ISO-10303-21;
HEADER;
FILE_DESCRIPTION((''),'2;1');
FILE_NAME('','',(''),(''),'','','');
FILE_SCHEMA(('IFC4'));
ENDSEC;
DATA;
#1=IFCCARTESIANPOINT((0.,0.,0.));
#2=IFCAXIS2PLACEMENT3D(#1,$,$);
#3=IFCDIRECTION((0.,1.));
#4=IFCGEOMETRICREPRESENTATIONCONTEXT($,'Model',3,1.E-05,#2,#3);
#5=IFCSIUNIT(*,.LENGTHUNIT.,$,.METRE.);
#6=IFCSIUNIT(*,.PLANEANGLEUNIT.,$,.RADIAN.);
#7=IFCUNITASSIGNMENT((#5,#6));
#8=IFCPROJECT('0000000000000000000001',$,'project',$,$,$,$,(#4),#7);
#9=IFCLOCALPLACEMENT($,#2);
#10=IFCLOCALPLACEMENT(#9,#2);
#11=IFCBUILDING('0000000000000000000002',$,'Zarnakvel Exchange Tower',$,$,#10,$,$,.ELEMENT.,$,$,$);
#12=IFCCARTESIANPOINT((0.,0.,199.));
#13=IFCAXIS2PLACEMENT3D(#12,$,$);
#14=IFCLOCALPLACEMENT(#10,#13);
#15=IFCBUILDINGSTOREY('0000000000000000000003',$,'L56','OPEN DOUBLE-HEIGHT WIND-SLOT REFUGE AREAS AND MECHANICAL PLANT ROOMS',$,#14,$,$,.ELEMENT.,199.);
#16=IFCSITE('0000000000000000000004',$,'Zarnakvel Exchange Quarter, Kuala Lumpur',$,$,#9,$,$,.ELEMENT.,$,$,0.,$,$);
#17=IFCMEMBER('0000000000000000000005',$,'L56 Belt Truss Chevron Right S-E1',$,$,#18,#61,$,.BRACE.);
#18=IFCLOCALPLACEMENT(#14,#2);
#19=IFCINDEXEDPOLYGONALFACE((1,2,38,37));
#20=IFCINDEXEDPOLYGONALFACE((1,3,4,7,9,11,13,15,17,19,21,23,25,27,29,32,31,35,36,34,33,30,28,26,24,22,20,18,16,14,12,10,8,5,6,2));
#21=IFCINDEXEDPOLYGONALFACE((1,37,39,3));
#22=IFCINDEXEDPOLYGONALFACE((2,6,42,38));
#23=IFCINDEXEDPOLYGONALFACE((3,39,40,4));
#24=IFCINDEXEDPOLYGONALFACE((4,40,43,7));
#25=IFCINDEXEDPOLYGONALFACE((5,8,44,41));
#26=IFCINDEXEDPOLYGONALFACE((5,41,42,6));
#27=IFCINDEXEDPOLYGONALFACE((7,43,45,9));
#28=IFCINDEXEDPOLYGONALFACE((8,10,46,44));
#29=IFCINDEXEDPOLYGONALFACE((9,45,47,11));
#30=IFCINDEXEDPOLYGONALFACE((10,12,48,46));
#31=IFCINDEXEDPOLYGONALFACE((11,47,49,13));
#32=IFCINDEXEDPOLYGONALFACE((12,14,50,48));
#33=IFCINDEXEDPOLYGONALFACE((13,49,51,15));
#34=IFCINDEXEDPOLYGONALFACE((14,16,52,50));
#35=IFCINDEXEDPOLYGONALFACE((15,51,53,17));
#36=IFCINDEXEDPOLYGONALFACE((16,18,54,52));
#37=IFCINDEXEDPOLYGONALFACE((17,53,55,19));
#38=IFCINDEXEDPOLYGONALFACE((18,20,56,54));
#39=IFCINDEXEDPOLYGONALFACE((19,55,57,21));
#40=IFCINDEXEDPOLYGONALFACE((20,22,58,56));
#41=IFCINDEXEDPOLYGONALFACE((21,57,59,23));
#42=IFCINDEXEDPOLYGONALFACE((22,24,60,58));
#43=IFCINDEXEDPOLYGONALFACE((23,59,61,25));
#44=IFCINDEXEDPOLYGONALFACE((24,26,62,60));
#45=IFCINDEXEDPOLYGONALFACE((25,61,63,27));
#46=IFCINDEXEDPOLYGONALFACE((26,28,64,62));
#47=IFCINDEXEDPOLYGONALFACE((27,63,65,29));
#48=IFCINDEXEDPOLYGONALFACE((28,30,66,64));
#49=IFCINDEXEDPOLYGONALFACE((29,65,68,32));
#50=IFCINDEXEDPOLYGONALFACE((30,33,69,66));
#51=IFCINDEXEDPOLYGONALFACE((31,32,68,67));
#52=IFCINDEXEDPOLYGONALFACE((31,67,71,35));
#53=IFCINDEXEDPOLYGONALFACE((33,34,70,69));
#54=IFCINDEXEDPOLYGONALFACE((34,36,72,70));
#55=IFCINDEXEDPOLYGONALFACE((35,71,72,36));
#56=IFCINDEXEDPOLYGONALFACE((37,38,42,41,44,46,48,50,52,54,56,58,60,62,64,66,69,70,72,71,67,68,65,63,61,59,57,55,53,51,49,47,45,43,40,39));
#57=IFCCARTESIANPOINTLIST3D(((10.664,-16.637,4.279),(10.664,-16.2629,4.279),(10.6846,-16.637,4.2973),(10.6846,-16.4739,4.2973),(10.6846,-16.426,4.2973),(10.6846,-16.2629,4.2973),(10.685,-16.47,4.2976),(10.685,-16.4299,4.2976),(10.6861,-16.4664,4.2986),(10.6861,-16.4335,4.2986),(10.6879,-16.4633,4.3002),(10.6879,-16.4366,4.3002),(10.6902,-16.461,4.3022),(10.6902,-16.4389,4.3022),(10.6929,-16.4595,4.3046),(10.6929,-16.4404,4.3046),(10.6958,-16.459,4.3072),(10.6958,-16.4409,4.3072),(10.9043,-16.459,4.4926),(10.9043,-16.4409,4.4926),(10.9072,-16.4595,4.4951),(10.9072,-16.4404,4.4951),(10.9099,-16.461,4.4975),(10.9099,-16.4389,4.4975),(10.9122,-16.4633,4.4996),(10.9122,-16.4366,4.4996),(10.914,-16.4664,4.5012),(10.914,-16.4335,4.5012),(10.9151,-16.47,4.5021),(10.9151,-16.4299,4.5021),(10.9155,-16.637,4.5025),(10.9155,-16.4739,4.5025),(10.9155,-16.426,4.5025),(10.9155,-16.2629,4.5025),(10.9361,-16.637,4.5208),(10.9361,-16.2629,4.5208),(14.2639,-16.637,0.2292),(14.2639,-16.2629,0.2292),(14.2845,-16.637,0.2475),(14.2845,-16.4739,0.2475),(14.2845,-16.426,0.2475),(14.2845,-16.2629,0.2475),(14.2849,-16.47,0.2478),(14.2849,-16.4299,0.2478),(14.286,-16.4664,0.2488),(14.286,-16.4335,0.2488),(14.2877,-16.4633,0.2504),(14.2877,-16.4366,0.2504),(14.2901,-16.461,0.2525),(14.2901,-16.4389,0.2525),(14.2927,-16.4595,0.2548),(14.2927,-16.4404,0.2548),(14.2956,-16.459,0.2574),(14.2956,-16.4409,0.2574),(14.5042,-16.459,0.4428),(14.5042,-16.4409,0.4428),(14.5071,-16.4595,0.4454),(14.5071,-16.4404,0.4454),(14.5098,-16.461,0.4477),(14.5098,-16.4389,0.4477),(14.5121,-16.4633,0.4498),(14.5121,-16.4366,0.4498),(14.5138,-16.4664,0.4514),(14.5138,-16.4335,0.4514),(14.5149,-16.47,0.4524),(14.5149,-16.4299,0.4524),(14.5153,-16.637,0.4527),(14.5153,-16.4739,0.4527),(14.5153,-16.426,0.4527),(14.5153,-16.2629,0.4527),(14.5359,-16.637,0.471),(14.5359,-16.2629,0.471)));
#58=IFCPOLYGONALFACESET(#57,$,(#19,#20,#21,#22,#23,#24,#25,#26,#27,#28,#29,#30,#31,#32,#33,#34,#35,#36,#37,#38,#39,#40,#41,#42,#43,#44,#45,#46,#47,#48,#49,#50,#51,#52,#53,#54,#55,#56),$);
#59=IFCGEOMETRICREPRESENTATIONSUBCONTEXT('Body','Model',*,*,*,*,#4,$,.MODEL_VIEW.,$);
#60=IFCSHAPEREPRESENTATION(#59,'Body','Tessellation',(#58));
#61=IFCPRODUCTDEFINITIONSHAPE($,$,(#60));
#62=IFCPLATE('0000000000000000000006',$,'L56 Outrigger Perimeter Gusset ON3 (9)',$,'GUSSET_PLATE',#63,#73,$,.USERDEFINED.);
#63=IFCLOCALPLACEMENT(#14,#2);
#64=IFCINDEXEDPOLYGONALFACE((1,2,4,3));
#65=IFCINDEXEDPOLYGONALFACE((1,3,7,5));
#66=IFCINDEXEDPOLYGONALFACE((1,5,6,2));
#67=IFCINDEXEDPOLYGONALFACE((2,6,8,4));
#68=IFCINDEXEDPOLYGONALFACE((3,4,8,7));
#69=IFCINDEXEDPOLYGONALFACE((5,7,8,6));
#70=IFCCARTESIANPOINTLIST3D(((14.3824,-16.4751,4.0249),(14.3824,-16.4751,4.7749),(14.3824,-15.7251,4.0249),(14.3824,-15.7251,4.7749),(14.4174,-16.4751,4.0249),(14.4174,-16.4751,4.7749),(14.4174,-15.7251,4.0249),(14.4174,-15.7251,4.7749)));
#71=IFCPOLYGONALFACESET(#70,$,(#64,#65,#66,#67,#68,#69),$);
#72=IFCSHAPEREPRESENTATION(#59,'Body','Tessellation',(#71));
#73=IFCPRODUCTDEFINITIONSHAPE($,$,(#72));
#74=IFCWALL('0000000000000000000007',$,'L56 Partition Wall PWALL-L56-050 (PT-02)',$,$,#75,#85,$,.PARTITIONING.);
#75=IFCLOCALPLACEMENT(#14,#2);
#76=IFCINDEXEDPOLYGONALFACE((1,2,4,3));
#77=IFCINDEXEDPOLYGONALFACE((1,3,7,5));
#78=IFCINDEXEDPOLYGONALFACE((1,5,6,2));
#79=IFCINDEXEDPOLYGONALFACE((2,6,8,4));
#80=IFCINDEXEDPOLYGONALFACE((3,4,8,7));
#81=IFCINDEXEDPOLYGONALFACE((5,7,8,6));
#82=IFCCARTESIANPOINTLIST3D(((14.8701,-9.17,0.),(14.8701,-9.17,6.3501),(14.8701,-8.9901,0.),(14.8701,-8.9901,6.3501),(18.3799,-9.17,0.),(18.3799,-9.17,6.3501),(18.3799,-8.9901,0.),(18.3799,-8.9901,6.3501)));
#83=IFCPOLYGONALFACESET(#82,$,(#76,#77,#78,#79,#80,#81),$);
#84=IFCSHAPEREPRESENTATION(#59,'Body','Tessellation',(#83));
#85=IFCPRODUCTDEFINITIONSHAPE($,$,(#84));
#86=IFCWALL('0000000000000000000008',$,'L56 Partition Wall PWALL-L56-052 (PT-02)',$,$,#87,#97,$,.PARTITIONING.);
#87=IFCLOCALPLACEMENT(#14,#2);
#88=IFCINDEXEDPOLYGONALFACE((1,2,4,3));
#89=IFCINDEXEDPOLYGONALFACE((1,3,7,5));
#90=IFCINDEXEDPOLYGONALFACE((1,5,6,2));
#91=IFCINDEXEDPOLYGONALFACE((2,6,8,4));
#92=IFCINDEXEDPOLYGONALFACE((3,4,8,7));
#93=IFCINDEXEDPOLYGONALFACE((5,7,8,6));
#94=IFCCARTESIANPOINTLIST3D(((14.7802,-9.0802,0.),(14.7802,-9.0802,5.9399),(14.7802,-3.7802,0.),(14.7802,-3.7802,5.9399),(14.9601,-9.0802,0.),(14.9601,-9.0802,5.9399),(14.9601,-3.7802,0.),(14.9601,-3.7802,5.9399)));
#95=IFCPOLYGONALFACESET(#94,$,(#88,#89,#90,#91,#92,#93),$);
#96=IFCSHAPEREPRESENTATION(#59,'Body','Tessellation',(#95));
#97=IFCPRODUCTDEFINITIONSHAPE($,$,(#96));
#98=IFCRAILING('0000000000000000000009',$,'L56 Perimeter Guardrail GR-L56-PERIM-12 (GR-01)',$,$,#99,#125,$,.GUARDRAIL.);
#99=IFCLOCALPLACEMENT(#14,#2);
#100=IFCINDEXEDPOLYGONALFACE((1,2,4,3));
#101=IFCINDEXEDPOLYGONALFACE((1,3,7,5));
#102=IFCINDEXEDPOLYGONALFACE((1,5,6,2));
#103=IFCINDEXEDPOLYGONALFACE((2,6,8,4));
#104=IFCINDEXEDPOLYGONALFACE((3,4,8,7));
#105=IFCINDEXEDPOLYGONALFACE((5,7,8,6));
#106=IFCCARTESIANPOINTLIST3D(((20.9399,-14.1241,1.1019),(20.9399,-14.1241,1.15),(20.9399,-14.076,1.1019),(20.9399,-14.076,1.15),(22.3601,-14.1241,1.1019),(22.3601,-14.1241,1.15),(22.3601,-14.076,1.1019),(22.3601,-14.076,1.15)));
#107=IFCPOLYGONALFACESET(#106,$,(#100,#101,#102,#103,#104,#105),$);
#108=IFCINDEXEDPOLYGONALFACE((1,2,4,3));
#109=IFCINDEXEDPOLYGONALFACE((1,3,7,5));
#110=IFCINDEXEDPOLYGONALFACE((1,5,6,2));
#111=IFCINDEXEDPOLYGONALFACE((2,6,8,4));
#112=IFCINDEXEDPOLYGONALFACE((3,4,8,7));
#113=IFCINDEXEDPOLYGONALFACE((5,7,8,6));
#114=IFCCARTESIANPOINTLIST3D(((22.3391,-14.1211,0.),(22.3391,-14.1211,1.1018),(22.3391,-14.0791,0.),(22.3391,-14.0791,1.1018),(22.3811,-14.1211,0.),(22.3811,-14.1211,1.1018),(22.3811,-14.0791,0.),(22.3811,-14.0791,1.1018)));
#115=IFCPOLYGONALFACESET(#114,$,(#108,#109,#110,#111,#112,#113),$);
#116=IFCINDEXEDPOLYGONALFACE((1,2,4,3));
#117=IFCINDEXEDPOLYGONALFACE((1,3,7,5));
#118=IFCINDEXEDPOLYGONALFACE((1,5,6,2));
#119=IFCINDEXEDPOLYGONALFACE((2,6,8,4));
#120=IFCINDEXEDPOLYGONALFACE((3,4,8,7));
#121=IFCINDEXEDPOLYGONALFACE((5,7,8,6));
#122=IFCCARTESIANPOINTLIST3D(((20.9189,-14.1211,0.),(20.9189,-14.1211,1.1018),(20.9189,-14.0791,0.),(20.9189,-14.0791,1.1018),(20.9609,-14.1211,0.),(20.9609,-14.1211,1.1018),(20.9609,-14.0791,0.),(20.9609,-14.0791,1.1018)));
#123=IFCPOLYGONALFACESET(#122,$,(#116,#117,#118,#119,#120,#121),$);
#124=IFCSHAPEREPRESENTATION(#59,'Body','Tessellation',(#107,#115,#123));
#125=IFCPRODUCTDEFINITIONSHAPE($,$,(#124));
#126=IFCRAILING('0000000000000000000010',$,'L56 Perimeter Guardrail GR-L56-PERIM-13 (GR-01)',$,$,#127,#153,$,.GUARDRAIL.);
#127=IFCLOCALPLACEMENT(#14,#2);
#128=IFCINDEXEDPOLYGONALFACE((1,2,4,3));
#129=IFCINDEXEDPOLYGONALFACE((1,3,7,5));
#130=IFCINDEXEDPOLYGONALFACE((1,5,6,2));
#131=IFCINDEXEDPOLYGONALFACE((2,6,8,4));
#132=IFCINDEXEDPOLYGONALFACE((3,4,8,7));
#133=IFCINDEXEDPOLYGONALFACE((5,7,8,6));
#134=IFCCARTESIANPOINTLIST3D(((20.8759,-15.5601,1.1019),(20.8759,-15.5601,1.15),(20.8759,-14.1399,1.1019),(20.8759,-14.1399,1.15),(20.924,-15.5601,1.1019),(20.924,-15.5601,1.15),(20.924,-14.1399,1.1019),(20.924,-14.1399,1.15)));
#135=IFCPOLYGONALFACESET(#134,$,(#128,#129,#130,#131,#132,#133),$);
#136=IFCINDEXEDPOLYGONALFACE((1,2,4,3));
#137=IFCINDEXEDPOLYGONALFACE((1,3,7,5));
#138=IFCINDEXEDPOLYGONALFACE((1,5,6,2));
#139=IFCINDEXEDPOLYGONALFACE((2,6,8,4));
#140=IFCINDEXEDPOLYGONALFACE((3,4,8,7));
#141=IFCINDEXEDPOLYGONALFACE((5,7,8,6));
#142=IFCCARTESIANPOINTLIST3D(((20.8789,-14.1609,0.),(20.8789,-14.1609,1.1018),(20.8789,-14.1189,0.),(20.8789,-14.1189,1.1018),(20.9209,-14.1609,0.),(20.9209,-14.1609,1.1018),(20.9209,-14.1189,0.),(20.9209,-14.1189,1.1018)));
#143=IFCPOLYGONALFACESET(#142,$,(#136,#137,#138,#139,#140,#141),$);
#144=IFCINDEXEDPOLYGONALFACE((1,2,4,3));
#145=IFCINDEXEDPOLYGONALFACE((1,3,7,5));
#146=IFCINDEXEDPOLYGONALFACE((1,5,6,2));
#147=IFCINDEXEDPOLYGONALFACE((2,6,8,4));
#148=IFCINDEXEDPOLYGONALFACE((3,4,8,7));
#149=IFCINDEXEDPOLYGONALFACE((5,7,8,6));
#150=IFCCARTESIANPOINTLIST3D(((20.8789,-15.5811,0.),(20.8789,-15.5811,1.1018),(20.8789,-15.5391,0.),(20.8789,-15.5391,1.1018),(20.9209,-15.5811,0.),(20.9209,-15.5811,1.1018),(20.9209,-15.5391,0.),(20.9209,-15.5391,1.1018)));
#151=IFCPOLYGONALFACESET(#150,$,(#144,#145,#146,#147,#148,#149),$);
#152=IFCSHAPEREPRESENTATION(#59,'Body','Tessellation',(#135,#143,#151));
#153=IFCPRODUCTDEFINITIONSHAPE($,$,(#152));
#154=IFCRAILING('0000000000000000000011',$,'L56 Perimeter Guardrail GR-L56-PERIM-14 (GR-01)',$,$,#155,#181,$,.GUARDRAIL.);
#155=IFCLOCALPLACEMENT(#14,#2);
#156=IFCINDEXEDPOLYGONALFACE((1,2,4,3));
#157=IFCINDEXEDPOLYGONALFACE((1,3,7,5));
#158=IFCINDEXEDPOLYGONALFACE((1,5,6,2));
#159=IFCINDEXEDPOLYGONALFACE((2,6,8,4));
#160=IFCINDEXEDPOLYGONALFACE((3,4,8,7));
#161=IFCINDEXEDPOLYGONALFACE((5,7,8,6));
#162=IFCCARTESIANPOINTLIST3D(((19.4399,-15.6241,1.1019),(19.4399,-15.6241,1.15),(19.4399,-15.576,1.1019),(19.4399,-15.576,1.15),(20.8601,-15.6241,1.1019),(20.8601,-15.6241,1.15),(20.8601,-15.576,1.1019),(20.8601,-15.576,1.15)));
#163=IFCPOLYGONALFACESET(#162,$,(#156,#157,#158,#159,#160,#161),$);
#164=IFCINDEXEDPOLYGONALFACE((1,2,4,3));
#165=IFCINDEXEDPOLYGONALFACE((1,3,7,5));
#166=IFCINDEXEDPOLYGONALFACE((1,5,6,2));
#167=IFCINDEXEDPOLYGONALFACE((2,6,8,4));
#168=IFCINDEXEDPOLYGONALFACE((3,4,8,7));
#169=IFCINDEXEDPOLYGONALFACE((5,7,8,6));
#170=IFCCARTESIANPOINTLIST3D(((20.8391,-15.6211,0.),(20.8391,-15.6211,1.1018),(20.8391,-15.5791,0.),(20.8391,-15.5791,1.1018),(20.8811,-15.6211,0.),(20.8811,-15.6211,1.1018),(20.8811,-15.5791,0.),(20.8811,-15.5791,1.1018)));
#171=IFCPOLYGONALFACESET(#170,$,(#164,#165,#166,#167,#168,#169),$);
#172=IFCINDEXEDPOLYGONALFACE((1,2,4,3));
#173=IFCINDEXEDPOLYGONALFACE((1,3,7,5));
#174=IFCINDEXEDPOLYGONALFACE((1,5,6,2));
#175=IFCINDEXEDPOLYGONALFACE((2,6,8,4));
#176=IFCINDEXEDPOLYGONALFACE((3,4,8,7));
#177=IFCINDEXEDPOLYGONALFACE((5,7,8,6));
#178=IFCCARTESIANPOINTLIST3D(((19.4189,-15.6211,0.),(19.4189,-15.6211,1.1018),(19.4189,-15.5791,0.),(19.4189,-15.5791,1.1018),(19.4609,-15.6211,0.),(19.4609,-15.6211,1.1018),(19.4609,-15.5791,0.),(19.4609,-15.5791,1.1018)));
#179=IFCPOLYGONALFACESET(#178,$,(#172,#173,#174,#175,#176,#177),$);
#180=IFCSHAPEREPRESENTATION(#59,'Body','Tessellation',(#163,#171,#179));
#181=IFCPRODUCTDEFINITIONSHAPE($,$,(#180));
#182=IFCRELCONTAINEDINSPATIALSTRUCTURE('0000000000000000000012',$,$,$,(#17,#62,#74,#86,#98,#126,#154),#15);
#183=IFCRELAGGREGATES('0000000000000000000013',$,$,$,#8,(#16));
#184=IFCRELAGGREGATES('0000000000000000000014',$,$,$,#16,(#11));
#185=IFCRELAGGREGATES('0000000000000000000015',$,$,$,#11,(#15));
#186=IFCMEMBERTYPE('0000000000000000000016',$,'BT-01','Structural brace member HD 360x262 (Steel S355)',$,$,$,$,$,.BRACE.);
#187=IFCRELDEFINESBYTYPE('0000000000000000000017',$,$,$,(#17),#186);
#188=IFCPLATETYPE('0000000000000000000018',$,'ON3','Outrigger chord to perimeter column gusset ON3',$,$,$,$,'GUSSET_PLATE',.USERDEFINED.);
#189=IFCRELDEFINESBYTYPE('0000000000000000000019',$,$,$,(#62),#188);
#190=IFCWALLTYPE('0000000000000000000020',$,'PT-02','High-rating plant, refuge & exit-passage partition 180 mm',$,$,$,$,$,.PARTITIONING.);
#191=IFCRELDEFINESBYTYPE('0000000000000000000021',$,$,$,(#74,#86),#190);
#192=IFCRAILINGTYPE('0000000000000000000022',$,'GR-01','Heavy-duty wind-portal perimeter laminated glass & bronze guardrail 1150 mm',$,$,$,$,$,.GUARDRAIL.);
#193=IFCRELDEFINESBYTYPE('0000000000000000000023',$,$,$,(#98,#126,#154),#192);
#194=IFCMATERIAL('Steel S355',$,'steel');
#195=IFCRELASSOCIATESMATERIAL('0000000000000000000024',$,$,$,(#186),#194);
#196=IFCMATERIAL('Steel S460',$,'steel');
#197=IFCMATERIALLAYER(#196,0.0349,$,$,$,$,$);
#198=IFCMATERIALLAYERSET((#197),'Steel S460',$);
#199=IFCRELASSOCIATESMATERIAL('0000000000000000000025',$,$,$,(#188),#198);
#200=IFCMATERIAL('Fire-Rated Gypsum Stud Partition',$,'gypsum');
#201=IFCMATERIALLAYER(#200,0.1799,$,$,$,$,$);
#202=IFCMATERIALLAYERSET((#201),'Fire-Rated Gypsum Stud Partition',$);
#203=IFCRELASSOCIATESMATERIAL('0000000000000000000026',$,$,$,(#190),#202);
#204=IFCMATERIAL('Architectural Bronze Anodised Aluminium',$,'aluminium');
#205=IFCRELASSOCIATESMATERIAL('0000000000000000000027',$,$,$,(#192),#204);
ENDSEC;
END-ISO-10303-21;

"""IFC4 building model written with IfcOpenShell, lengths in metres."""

from ifc_helpers import new_model, si_unit, direction, frame, frame_2d, origin, origin_2d, place, context, subcontext, project, spatial, rectangle, i_section, extrude, source, transform, mapped, material, layer, layer_set, material_profile, profile_set, type_object, element, save


model = new_model("IFC4")

# Units and contexts
model_context = context("Model", 3, precision=1e-05, world=origin(), true_north=direction((0.0, 1.0)))
body_context = subcontext(model_context, "Body", "Model", "MODEL_VIEW")
ifc_project = project(units=[si_unit("LENGTHUNIT", "METRE"), si_unit("PLANEANGLEUNIT", "RADIAN")], contexts=[model_context])

# Site, building, storey
site_placement = place(None, origin())
site = spatial("IfcSite", under=ifc_project, at=site_placement, Name="Zarnakvel Exchange Quarter, Kuala Lumpur", CompositionType="ELEMENT", RefElevation=0.0)
building_placement = place(site_placement, origin())
building = spatial("IfcBuilding", under=site, at=building_placement, Name="Zarnakvel Exchange Tower", CompositionType="ELEMENT")
storey_placement = place(building_placement, frame((0.0, 0.0, 199.0)))
storey = spatial("IfcBuildingStorey", under=building, at=storey_placement, Name="L56", Description="OPEN DOUBLE-HEIGHT WIND-SLOT REFUGE AREAS AND MECHANICAL PLANT ROOMS", CompositionType="ELEMENT", Elevation=199.0)

# Shared definitions
ifc_material_1 = material(Name="Steel S355", Category="steel")

# Shared definitions
ifc_material_2 = material(Name="Steel S460", Category="steel")

# Member
ifc_material_profile_1 = material_profile(ifc_material_1, i_section(OverallWidth=0.374, OverallDepth=0.364, WebThickness=0.0181, FlangeThickness=0.0276, FilletRadius=0.0149, at=origin_2d()))
ifc_profile_set_1 = profile_set([ifc_material_profile_1], Name="Steel S355")
member_type_1 = type_object("IfcMemberType", Name="BT-01", Description="Structural brace member HD 360x262 (Steel S355)", PredefinedType="BRACE", material=ifc_profile_set_1)
shared_shape_1 = source(origin(), body_context, "Body", "SweptSolid", [
    extrude(i_section(OverallWidth=0.374, OverallDepth=0.364, WebThickness=0.0181, FlangeThickness=0.0276, FilletRadius=0.0149, at=origin_2d()), origin(), (0.0, 0.0, 1.0), 5.4185),
])
member_1_placement = place(storey_placement, frame((14.3999, -16.45, 0.3501), z_axis=(-0.664367, 0.0, 0.747407), x_axis=(0.0, -1.0, 0.0)))
element("IfcMember", 1, at=member_1_placement, inside=storey, type_object=member_type_1, Name="L56 Belt Truss Chevron Right S-E1", PredefinedType="BRACE", context=body_context, shape_type="MappedRepresentation", body=[
    mapped(shared_shape_1, transform((0.0, 0.0, 0.0), x_axis=(1.0, 0.0, 0.0), y_axis=(0.0, 1.0, 0.0), z_axis=(0.0, 0.0, 1.0), scale=1.0)),
])

# Plate
ifc_layer_1 = layer(ifc_material_2, 0.0349)
ifc_layer_set_1 = layer_set([ifc_layer_1], Name="Steel S460")
plate_type = type_object("IfcPlateType", Name="ON3", Description="Outrigger chord to perimeter column gusset ON3", ElementType="GUSSET_PLATE", PredefinedType="USERDEFINED", material=ifc_layer_set_1)
shared_shape_2 = source(origin(), body_context, "Body", "SweptSolid", [
    extrude(rectangle(XDim=0.0349, YDim=0.75, at=origin_2d()), origin(), (0.0, 0.0, 1.0), 0.75),
])
plate_placement = place(storey_placement, frame((14.3999, -16.1001, 4.0249), z_axis=(0.0, 0.0, 1.0), x_axis=(1.0, 0.0, 0.0)))
element("IfcPlate", 2, at=plate_placement, inside=storey, type_object=plate_type, Name="L56 Outrigger Perimeter Gusset ON3 (9)", ObjectType="GUSSET_PLATE", PredefinedType="USERDEFINED", context=body_context, shape_type="MappedRepresentation", body=[
    mapped(shared_shape_2, transform((0.0, 0.0, 0.0), x_axis=(1.0, 0.0, 0.0), y_axis=(0.0, 1.0, 0.0), z_axis=(0.0, 0.0, 1.0), scale=1.0)),
])

# Walls
ifc_material_3 = material(Name="Fire-Rated Gypsum Stud Partition", Category="gypsum")
ifc_layer_2 = layer(ifc_material_3, 0.1799)
ifc_layer_set_2 = layer_set([ifc_layer_2], Name="Fire-Rated Gypsum Stud Partition")
wall_type = type_object("IfcWallType", Name="PT-02", Description="High-rating plant, refuge & exit-passage partition 180 mm", PredefinedType="PARTITIONING", material=ifc_layer_set_2)
wall_1_placement = place(storey_placement, frame((18.3799, -9.0801, 0.0), z_axis=(0.0, 0.0, 1.0), x_axis=(-1.0, 0.0, 0.0)))
element("IfcWall", 3, at=wall_1_placement, inside=storey, type_object=wall_type, Name="L56 Partition Wall PWALL-L56-050 (PT-02)", PredefinedType="PARTITIONING", context=body_context, shape_type="SweptSolid", body=[
    extrude(rectangle(XDim=3.5098, YDim=0.1799, at=frame_2d((1.7549, 0.0))), origin(), (0.0, 0.0, 1.0), 6.3501),
])
wall_2_placement = place(storey_placement, frame((14.8701, -9.0801, 0.0), z_axis=(0.0, 0.0, 1.0), x_axis=(0.0, 1.0, 0.0)))
element("IfcWall", 4, at=wall_2_placement, inside=storey, type_object=wall_type, Name="L56 Partition Wall PWALL-L56-052 (PT-02)", PredefinedType="PARTITIONING", context=body_context, shape_type="SweptSolid", body=[
    extrude(rectangle(XDim=5.3, YDim=0.1799, at=frame_2d((2.6499, 0.0))), origin(), (0.0, 0.0, 1.0), 5.9399),
])

# Railings
ifc_material_4 = material(Name="Architectural Bronze Anodised Aluminium", Category="aluminium")
railing_type = type_object("IfcRailingType", Name="GR-01", Description="Heavy-duty wind-portal perimeter laminated glass & bronze guardrail 1150 mm", PredefinedType="GUARDRAIL", material=ifc_material_4)
railing_1_placement = place(storey_placement, frame((22.3601, -14.1001, 0.0)))
element("IfcRailing", 5, at=railing_1_placement, inside=storey, type_object=railing_type, Name="L56 Perimeter Guardrail GR-L56-PERIM-12 (GR-01)", PredefinedType="GUARDRAIL", context=body_context, shape_type="SweptSolid", body=[
    extrude(rectangle(XDim=0.0481, YDim=0.0481, at=origin_2d()), frame((0.0, 0.0, 1.126), z_axis=(-1.0, 0.0, 0.0), x_axis=(0.0, -1.0, 0.0)), (0.0, 0.0, 1.0), 1.4202),
    extrude(rectangle(XDim=0.042, YDim=0.042, at=origin_2d()), origin(), (0.0, 0.0, 1.0), 1.1018),
    extrude(rectangle(XDim=0.042, YDim=0.042, at=origin_2d()), frame((-1.4202, 0.0, 0.0)), (0.0, 0.0, 1.0), 1.1018),
])
railing_2_placement = place(storey_placement, frame((20.8999, -14.1399, 0.0)))
element("IfcRailing", 6, at=railing_2_placement, inside=storey, type_object=railing_type, Name="L56 Perimeter Guardrail GR-L56-PERIM-13 (GR-01)", PredefinedType="GUARDRAIL", context=body_context, shape_type="SweptSolid", body=[
    extrude(rectangle(XDim=0.0481, YDim=0.0481, at=origin_2d()), frame((0.0, 0.0, 1.126), z_axis=(0.0, -1.0, 0.0), x_axis=(1.0, 0.0, 0.0)), (0.0, 0.0, 1.0), 1.4202),
    extrude(rectangle(XDim=0.042, YDim=0.042, at=origin_2d()), origin(), (0.0, 0.0, 1.0), 1.1018),
    extrude(rectangle(XDim=0.042, YDim=0.042, at=origin_2d()), frame((0.0, -1.4202, 0.0)), (0.0, 0.0, 1.0), 1.1018),
])
railing_3_placement = place(storey_placement, frame((20.8601, -15.6001, 0.0)))
element("IfcRailing", 7, at=railing_3_placement, inside=storey, type_object=railing_type, Name="L56 Perimeter Guardrail GR-L56-PERIM-14 (GR-01)", PredefinedType="GUARDRAIL", context=body_context, shape_type="SweptSolid", body=[
    extrude(rectangle(XDim=0.0481, YDim=0.0481, at=origin_2d()), frame((0.0, 0.0, 1.126), z_axis=(-1.0, 0.0, 0.0), x_axis=(0.0, -1.0, 0.0)), (0.0, 0.0, 1.0), 1.4202),
    extrude(rectangle(XDim=0.042, YDim=0.042, at=origin_2d()), origin(), (0.0, 0.0, 1.0), 1.1018),
    extrude(rectangle(XDim=0.042, YDim=0.042, at=origin_2d()), frame((-1.4202, 0.0, 0.0)), (0.0, 0.0, 1.0), 1.1018),
])

save(model, "model.ifc")
